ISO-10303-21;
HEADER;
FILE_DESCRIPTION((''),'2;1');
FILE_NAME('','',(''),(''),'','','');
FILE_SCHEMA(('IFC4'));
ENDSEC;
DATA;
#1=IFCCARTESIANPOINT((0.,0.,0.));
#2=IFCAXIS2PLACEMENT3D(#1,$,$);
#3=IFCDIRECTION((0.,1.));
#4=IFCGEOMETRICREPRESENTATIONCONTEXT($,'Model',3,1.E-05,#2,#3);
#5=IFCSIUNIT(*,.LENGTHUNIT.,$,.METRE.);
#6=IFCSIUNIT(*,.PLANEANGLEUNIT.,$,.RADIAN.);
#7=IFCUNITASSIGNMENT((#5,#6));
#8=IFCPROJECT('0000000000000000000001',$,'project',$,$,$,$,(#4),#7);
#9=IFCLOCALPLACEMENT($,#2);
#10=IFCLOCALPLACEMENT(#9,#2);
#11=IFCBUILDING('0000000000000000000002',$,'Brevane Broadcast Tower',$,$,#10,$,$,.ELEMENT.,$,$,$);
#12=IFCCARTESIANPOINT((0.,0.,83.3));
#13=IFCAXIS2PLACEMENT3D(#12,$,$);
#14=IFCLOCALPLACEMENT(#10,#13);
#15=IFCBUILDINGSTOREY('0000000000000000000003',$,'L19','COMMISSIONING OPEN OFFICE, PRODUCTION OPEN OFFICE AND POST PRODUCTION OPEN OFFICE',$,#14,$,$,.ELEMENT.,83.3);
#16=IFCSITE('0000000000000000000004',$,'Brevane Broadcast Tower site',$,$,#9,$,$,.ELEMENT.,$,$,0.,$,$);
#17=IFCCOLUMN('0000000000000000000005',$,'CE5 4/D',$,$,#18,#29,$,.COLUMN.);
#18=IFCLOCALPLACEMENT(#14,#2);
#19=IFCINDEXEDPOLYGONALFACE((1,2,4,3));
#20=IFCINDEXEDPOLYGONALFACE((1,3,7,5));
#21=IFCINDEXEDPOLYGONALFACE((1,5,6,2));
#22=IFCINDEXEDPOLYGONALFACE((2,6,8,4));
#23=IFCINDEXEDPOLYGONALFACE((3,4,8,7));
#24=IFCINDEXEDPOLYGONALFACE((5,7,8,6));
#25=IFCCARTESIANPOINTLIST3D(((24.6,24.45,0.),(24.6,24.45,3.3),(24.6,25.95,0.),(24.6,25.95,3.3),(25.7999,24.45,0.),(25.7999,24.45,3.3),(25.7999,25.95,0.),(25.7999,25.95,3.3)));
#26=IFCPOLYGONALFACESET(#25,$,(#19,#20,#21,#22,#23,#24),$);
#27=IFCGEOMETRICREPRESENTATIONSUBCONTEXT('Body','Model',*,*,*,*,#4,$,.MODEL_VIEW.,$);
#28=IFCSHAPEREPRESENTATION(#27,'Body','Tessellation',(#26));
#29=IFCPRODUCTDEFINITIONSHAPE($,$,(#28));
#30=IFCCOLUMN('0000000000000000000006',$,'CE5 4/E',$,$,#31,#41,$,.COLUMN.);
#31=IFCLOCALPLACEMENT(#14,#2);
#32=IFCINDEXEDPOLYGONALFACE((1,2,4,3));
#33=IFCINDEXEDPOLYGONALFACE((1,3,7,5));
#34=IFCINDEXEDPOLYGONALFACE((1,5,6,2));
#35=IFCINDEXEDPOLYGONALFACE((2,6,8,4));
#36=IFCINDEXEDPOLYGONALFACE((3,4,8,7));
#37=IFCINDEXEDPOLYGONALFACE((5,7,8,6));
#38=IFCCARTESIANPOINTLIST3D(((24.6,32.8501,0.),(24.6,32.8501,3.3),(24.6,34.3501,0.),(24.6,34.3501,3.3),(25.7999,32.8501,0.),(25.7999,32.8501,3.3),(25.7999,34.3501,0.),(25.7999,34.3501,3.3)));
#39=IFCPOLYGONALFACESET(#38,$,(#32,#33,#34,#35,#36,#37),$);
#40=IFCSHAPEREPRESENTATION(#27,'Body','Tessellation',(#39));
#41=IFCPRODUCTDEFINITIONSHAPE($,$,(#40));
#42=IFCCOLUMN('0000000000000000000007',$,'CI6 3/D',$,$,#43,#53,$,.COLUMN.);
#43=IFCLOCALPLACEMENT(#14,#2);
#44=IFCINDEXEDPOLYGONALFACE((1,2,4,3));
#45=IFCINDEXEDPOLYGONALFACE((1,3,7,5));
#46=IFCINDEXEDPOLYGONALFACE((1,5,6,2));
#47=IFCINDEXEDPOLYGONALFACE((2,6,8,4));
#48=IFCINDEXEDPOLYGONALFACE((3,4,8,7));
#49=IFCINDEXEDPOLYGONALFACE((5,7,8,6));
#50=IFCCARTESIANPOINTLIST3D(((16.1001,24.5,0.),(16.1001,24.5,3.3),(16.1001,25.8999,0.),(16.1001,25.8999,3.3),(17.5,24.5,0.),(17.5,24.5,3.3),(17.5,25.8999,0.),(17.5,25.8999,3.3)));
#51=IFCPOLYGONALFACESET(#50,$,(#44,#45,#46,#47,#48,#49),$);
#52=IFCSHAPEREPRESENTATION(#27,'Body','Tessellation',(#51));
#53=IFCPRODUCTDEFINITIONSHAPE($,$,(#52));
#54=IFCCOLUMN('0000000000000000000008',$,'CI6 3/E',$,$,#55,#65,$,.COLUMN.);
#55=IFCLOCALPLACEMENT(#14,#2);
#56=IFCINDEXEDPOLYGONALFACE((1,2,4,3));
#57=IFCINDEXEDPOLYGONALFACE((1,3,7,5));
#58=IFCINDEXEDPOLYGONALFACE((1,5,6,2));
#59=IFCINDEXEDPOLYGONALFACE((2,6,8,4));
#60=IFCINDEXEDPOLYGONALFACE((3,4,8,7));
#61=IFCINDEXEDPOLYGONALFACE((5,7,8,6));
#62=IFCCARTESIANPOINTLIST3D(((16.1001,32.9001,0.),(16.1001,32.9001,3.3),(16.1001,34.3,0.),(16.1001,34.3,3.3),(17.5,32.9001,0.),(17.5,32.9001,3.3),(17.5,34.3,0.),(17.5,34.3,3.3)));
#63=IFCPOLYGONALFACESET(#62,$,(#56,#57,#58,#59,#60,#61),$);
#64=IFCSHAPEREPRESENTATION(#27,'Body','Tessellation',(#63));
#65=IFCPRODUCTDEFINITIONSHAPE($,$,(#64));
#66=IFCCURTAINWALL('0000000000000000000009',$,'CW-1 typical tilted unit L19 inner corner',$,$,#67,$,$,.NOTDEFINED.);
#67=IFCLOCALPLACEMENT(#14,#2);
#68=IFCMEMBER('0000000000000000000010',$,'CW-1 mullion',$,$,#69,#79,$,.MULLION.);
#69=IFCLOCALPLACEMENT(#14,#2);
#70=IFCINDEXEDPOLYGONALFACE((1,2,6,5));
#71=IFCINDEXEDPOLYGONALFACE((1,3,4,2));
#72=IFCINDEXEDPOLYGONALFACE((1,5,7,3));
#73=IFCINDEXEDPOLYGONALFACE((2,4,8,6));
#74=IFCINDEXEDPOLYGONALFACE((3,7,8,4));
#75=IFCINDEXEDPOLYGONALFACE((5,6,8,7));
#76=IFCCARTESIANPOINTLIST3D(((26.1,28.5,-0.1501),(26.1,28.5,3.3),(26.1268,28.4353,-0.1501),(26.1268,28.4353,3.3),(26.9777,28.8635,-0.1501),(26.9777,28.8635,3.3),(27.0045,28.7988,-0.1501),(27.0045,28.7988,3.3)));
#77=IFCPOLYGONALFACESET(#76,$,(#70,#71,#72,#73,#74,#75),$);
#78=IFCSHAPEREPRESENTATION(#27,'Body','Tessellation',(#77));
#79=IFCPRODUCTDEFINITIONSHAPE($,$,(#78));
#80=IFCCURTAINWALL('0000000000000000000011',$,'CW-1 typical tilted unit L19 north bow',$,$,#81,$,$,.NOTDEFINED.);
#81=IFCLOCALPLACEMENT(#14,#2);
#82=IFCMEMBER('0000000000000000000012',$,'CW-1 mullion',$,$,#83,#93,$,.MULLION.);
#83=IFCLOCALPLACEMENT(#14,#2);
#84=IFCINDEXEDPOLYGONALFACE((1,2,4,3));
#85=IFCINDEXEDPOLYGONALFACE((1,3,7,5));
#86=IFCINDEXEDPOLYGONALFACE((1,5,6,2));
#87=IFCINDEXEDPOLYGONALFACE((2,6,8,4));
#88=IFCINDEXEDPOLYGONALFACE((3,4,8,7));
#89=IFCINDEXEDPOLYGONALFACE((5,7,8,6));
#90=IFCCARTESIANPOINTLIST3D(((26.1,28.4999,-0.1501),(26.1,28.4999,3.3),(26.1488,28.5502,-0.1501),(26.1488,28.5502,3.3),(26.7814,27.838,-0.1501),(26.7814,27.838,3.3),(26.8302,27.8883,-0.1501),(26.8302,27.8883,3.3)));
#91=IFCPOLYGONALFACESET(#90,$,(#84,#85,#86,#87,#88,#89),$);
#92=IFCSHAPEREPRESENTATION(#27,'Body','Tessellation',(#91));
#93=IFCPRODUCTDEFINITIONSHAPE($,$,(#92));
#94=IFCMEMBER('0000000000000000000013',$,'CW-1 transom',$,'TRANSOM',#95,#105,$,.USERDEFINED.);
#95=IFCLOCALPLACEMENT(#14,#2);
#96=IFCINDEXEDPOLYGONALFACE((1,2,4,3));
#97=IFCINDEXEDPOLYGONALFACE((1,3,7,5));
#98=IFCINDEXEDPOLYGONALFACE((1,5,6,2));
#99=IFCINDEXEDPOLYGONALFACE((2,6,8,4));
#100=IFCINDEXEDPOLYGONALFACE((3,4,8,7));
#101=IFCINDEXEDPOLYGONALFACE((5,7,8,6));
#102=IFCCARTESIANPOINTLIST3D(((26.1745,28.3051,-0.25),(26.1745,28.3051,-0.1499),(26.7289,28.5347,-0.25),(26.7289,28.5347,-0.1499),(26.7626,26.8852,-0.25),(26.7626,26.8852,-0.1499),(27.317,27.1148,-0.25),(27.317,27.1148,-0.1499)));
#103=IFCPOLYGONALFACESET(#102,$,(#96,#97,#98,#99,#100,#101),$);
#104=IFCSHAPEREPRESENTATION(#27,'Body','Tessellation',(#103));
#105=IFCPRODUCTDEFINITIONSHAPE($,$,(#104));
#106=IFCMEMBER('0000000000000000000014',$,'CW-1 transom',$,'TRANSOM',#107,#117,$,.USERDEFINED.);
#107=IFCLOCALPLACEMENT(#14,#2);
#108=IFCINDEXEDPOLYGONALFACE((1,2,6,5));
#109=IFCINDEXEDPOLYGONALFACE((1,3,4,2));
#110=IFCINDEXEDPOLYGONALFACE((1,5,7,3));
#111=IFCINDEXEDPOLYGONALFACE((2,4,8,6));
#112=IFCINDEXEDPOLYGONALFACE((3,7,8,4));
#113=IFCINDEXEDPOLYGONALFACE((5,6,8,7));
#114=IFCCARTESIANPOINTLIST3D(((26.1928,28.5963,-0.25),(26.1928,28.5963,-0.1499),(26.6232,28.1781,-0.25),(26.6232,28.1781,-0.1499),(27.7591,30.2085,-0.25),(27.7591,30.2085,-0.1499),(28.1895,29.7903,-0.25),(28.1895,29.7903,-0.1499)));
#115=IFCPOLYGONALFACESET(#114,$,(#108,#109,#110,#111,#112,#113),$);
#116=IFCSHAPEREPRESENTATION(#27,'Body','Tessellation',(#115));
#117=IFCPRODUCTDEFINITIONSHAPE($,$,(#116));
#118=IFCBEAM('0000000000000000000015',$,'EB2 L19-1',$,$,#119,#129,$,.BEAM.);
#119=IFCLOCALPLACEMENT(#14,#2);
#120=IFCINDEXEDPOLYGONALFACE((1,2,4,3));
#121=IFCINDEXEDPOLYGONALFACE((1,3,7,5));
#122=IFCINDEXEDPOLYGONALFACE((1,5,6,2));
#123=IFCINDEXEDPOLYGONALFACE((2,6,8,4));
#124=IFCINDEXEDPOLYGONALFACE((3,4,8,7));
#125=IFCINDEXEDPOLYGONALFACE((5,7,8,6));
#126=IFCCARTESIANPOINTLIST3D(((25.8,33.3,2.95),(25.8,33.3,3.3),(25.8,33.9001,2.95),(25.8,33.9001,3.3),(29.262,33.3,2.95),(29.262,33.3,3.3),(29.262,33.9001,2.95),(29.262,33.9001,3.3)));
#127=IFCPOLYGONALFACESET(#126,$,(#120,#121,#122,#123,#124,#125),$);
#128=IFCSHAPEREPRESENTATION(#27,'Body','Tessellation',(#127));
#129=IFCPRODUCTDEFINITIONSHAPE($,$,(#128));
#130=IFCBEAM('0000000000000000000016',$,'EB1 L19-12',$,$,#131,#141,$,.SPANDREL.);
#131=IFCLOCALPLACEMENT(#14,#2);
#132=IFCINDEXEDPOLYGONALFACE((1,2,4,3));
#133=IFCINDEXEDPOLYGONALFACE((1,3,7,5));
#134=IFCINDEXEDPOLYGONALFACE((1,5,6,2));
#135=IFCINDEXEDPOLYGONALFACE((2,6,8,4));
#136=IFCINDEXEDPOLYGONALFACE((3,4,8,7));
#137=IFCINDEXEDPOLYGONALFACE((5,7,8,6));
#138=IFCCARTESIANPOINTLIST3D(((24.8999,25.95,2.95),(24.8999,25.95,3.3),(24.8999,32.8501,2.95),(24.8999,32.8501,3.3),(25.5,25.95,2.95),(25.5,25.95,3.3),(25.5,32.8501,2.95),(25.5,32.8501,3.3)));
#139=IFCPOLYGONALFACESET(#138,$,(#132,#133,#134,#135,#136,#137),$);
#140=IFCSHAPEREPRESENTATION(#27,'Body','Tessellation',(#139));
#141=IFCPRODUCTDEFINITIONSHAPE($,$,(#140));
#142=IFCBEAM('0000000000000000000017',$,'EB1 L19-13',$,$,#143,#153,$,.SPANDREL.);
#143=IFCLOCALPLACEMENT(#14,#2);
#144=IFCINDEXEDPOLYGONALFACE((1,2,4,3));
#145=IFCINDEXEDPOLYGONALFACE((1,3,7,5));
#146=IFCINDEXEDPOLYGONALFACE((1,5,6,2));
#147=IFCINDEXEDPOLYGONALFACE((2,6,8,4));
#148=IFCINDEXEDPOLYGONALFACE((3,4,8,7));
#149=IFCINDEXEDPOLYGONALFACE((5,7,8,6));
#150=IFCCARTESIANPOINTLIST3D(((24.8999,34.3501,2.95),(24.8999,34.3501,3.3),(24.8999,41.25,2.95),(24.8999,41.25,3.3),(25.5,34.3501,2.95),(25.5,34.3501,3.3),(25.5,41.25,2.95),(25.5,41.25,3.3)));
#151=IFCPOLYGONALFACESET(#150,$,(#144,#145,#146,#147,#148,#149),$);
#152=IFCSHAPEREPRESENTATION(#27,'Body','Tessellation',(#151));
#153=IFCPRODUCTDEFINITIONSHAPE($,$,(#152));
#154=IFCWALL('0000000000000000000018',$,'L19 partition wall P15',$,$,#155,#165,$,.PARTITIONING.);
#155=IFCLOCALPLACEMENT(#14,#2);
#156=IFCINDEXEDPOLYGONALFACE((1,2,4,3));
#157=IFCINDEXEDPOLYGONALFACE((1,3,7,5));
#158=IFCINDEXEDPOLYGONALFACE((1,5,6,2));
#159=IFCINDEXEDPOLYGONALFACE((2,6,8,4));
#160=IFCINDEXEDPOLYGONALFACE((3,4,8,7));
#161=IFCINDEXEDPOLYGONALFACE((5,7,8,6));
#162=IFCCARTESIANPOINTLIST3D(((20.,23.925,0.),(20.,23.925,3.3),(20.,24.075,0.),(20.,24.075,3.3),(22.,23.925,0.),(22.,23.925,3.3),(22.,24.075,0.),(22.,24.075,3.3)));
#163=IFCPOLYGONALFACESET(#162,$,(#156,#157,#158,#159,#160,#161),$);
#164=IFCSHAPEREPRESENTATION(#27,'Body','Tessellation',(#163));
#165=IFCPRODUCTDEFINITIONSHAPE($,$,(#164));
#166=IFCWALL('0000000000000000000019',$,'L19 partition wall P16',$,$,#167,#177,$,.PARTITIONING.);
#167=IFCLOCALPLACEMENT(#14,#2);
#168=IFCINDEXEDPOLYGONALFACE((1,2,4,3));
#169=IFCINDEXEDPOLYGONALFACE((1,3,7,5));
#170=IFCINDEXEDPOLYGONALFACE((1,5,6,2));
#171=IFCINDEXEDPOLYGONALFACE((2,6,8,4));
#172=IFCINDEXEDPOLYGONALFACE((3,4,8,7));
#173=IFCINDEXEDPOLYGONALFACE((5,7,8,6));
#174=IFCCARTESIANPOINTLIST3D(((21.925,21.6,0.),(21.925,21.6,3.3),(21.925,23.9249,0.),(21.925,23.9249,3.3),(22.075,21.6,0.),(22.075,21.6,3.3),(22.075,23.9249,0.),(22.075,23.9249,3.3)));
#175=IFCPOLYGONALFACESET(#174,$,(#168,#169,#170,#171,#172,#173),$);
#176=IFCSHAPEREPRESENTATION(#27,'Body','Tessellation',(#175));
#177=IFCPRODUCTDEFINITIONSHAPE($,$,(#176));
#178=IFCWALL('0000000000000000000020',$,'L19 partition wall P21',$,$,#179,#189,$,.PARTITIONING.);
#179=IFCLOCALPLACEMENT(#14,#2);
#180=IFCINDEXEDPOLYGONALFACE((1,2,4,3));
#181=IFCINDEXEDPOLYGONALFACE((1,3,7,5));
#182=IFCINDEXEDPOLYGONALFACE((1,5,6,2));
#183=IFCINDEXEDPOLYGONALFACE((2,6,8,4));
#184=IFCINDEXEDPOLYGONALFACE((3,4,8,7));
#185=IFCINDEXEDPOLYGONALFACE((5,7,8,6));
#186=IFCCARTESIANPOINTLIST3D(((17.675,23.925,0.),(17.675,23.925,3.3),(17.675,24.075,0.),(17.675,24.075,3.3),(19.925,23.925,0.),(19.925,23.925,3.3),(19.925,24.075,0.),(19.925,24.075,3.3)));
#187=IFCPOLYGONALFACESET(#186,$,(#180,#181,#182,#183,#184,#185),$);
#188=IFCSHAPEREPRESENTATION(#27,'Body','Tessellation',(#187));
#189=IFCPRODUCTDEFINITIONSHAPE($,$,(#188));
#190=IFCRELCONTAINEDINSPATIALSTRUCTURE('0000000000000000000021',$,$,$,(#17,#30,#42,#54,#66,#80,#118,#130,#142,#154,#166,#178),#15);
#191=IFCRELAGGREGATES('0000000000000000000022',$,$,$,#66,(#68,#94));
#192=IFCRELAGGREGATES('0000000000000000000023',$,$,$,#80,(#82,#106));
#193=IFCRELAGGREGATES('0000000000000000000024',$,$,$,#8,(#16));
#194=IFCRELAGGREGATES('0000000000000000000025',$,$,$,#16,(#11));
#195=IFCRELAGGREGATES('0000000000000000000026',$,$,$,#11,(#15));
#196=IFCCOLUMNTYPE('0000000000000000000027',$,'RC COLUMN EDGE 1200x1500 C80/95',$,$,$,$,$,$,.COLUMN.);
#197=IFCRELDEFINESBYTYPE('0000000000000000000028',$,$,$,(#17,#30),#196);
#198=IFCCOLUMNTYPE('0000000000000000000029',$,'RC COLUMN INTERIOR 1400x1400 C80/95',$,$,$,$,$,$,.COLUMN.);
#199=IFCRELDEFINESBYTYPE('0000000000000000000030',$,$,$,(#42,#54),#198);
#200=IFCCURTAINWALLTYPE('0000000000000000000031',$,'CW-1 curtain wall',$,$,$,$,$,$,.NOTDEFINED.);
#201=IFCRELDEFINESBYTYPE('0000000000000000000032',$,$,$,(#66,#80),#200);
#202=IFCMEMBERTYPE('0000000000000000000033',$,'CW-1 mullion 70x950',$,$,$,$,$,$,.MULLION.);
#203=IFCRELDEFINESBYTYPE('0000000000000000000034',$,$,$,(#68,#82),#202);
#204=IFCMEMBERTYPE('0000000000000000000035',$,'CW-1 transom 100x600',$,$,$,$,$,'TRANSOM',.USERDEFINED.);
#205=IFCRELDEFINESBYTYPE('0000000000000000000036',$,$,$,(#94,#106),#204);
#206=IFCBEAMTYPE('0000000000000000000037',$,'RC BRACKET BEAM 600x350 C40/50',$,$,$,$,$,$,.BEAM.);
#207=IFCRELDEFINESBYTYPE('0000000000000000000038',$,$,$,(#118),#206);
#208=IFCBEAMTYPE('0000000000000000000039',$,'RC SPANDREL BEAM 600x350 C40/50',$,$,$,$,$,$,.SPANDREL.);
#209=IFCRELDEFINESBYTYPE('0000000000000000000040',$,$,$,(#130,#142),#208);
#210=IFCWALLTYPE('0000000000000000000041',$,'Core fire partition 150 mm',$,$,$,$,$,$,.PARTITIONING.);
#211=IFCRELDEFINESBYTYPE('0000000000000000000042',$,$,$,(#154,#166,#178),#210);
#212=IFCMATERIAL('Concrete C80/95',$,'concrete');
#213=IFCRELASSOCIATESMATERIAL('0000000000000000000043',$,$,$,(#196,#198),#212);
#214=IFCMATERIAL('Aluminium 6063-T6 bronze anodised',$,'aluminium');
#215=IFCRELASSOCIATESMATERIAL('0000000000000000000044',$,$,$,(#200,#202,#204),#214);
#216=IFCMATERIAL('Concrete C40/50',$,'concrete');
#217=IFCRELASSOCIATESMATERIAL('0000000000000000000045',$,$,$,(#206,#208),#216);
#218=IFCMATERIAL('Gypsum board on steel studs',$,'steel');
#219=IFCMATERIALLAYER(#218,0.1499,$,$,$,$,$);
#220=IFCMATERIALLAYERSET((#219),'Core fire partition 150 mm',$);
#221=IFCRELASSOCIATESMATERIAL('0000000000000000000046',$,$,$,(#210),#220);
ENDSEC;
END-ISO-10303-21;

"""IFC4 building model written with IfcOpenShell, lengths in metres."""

from ifc_helpers import new_model, si_unit, direction, frame, frame_2d, origin, origin_2d, place, context, subcontext, project, spatial, rectangle, extrude, material, layer, layer_set, material_profile, profile_set, type_object, element, aggregate, save


model = new_model("IFC4")

# Units and contexts
model_context = context("Model", 3, precision=1e-05, world=origin(), true_north=direction((0.0, 1.0)))
body_context = subcontext(model_context, "Body", "Model", "MODEL_VIEW")
ifc_project = project(units=[si_unit("LENGTHUNIT", "METRE"), si_unit("PLANEANGLEUNIT", "RADIAN")], contexts=[model_context])

# Site, building, storey
site_placement = place(None, origin())
site = spatial("IfcSite", under=ifc_project, at=site_placement, Name="Brevane Broadcast Tower site", CompositionType="ELEMENT", RefElevation=0.0)
building_placement = place(site_placement, origin())
building = spatial("IfcBuilding", under=site, at=building_placement, Name="Brevane Broadcast Tower", CompositionType="ELEMENT")
storey_placement = place(building_placement, frame((0.0, 0.0, 83.3)))
storey = spatial("IfcBuildingStorey", under=building, at=storey_placement, Name="L19", Description="COMMISSIONING OPEN OFFICE, PRODUCTION OPEN OFFICE AND POST PRODUCTION OPEN OFFICE", CompositionType="ELEMENT", Elevation=83.3)

# Columns
ifc_material_1 = material(Name="Concrete C80/95", Category="concrete")
ifc_material_profile_1 = material_profile(ifc_material_1, rectangle(XDim=1.2, YDim=1.5, at=origin_2d()), Name="RC 1200x1500")
ifc_profile_set_1 = profile_set([ifc_material_profile_1], Name="Concrete C80/95")
column_type_1 = type_object("IfcColumnType", Name="RC COLUMN EDGE 1200x1500 C80/95", PredefinedType="COLUMN", material=ifc_profile_set_1)
for number, where, z_axis, x_axis, name in (
    (1, (25.2, 25.2, 0.0), (0.0, 0.0, 1.0), (1.0, 0.0, 0.0), "CE5 4/D"),
    (2, (25.2, 33.6001, 0.0), (0.0, 0.0, 1.0), (1.0, 0.0, 0.0), "CE5 4/E"),
):
    element("IfcColumn", number, at=place(storey_placement, frame(where, z_axis=z_axis, x_axis=x_axis)), inside=storey, type_object=column_type_1, Name=name, PredefinedType="COLUMN", context=body_context, shape_type="SweptSolid", body=[
        extrude(rectangle(XDim=1.2, YDim=1.5, at=origin_2d()), origin(), (0.0, 0.0, 1.0), 3.3),
    ])
ifc_material_profile_2 = material_profile(ifc_material_1, rectangle(XDim=1.3999, YDim=1.3999, at=origin_2d()), Name="RC 1400x1400")
ifc_profile_set_2 = profile_set([ifc_material_profile_2], Name="Concrete C80/95")
column_type_2 = type_object("IfcColumnType", Name="RC COLUMN INTERIOR 1400x1400 C80/95", PredefinedType="COLUMN", material=ifc_profile_set_2)
for number, where, z_axis, x_axis, name in (
    (3, (16.8, 25.2, 0.0), (0.0, 0.0, 1.0), (1.0, 0.0, 0.0), "CI6 3/D"),
    (4, (16.8, 33.6001, 0.0), (0.0, 0.0, 1.0), (1.0, 0.0, 0.0), "CI6 3/E"),
):
    element("IfcColumn", number, at=place(storey_placement, frame(where, z_axis=z_axis, x_axis=x_axis)), inside=storey, type_object=column_type_2, Name=name, PredefinedType="COLUMN", context=body_context, shape_type="SweptSolid", body=[
        extrude(rectangle(XDim=1.3999, YDim=1.3999, at=origin_2d()), origin(), (0.0, 0.0, 1.0), 3.3),
    ])

# Curtain walls, members
ifc_material_2 = material(Name="Aluminium 6063-T6 bronze anodised", Category="aluminium")
curtain_wall_type = type_object("IfcCurtainWallType", Name="CW-1 curtain wall", PredefinedType="NOTDEFINED", material=ifc_material_2)
curtain_wall_1_placement = place(storey_placement, origin())
curtain_wall_1 = element("IfcCurtainWall", 5, at=curtain_wall_1_placement, inside=storey, type_object=curtain_wall_type, Name="CW-1 typical tilted unit L19 inner corner", PredefinedType="NOTDEFINED")
ifc_material_profile_3 = material_profile(ifc_material_2, rectangle(XDim=0.95, YDim=0.0701, at=origin_2d()), Name="RECT 70x950")
ifc_profile_set_3 = profile_set([ifc_material_profile_3], Name="Aluminium 6063-T6 bronze anodised")
member_type_1 = type_object("IfcMemberType", Name="CW-1 mullion 70x950", PredefinedType="MULLION", material=ifc_profile_set_3)
member_1_placement = place(storey_placement, frame((26.5522, 28.6494, -0.1501), z_axis=(0.0, 0.0, 1.0), x_axis=(-0.923879, -0.382684, 0.0)))
member_1 = element("IfcMember", 6, at=member_1_placement, type_object=member_type_1, Name="CW-1 mullion", PredefinedType="MULLION", context=body_context, shape_type="SweptSolid", body=[
    extrude(rectangle(XDim=0.95, YDim=0.0701, at=origin_2d()), origin(), (0.0, 0.0, 1.0), 3.4502),
])
curtain_wall_2_placement = place(storey_placement, origin())
curtain_wall_2 = element("IfcCurtainWall", 7, at=curtain_wall_2_placement, inside=storey, type_object=curtain_wall_type, Name="CW-1 typical tilted unit L19 north bow", PredefinedType="NOTDEFINED")
member_2_placement = place(storey_placement, frame((26.4651, 28.1941, -0.1501), z_axis=(0.0, 0.0, 1.0), x_axis=(-0.717254, 0.696812, 0.0)))
member_2 = element("IfcMember", 8, at=member_2_placement, type_object=member_type_1, Name="CW-1 mullion", PredefinedType="MULLION", context=body_context, shape_type="SweptSolid", body=[
    extrude(rectangle(XDim=0.95, YDim=0.0701, at=origin_2d()), origin(), (0.0, 0.0, 1.0), 3.4502),
])

# Members
ifc_material_profile_4 = material_profile(ifc_material_2, rectangle(XDim=0.6001, YDim=0.1001, at=origin_2d()), Name="RECT 100x600")
ifc_profile_set_4 = profile_set([ifc_material_profile_4], Name="Aluminium 6063-T6 bronze anodised")
member_type_2 = type_object("IfcMemberType", Name="CW-1 transom 100x600", ElementType="TRANSOM", PredefinedType="USERDEFINED", material=ifc_profile_set_4)
member_3_placement = place(storey_placement, frame((27.0398, 27.0, -0.2), z_axis=(-0.382674, 0.923883, 0.0), x_axis=(-0.923883, -0.382674, 0.0)))
member_3 = element("IfcMember", 9, at=member_3_placement, type_object=member_type_2, Name="CW-1 transom", ObjectType="TRANSOM", PredefinedType="USERDEFINED", context=body_context, shape_type="SweptSolid", body=[
    extrude(rectangle(XDim=0.6001, YDim=0.1001, at=origin_2d()), origin(), (0.0, 0.0, 1.0), 1.5369),
])
aggregate(curtain_wall_1, [member_1, member_3])
member_4_placement = place(storey_placement, frame((26.408, 28.3872, -0.2), z_axis=(0.696824, 0.717242, 0.0), x_axis=(-0.717242, 0.696824, 0.0)))
member_4 = element("IfcMember", 10, at=member_4_placement, type_object=member_type_2, Name="CW-1 transom", ObjectType="TRANSOM", PredefinedType="USERDEFINED", context=body_context, shape_type="SweptSolid", body=[
    extrude(rectangle(XDim=0.6001, YDim=0.1001, at=origin_2d()), origin(), (0.0, 0.0, 1.0), 2.2478),
])
aggregate(curtain_wall_2, [member_2, member_4])

# Beams
ifc_material_3 = material(Name="Concrete C40/50", Category="concrete")
ifc_material_profile_5 = material_profile(ifc_material_3, rectangle(XDim=0.6001, YDim=0.3501, at=origin_2d()), Name="RC 600x350")
ifc_profile_set_5 = profile_set([ifc_material_profile_5], Name="Concrete C40/50")
beam_type_1 = type_object("IfcBeamType", Name="RC BRACKET BEAM 600x350 C40/50", PredefinedType="BEAM", material=ifc_profile_set_5)
beam_1_placement = place(storey_placement, frame((25.8, 33.6001, 3.125), z_axis=(1.0, 0.0, 0.0), x_axis=(0.0, 1.0, 0.0)))
element("IfcBeam", 11, at=beam_1_placement, inside=storey, type_object=beam_type_1, Name="EB2 L19-1", PredefinedType="BEAM", context=body_context, shape_type="SweptSolid", body=[
    extrude(rectangle(XDim=0.6001, YDim=0.3501, at=origin_2d()), origin(), (0.0, 0.0, 1.0), 3.4619),
])
ifc_material_profile_6 = material_profile(ifc_material_3, rectangle(XDim=0.6001, YDim=0.3501, at=origin_2d()), Name="RC 600x350")
ifc_profile_set_6 = profile_set([ifc_material_profile_6], Name="Concrete C40/50")
beam_type_2 = type_object("IfcBeamType", Name="RC SPANDREL BEAM 600x350 C40/50", PredefinedType="SPANDREL", material=ifc_profile_set_6)
beam_2_placement = place(storey_placement, frame((25.2, 25.95, 3.125), z_axis=(0.0, 1.0, 0.0), x_axis=(-1.0, 0.0, 0.0)))
element("IfcBeam", 12, at=beam_2_placement, inside=storey, type_object=beam_type_2, Name="EB1 L19-12", PredefinedType="SPANDREL", context=body_context, shape_type="SweptSolid", body=[
    extrude(rectangle(XDim=0.6001, YDim=0.3501, at=origin_2d()), origin(), (0.0, 0.0, 1.0), 6.9001),
])
beam_3_placement = place(storey_placement, frame((25.2, 34.3501, 3.125), z_axis=(0.0, 1.0, 0.0), x_axis=(-1.0, 0.0, 0.0)))
element("IfcBeam", 13, at=beam_3_placement, inside=storey, type_object=beam_type_2, Name="EB1 L19-13", PredefinedType="SPANDREL", context=body_context, shape_type="SweptSolid", body=[
    extrude(rectangle(XDim=0.6001, YDim=0.3501, at=origin_2d()), origin(), (0.0, 0.0, 1.0), 6.8999),
])

# Walls
ifc_material_4 = material(Name="Gypsum board on steel studs", Category="steel")
ifc_layer_1 = layer(ifc_material_4, 0.1499)
ifc_layer_set_1 = layer_set([ifc_layer_1], Name="Core fire partition 150 mm")
wall_type_1 = type_object("IfcWallType", Name="Core fire partition 150 mm", PredefinedType="PARTITIONING", material=ifc_layer_set_1)
wall_1_placement = place(storey_placement, frame((20.0, 24.0, 0.0), z_axis=(0.0, 0.0, 1.0), x_axis=(1.0, 0.0, 0.0)))
element("IfcWall", 14, at=wall_1_placement, inside=storey, type_object=wall_type_1, Name="L19 partition wall P15", PredefinedType="PARTITIONING", context=body_context, shape_type="SweptSolid", body=[
    extrude(rectangle(XDim=2.0, YDim=0.1499, at=frame_2d((1.0, 0.0))), origin(), (0.0, 0.0, 1.0), 3.3),
])
wall_2_placement = place(storey_placement, frame((22.0, 23.925, 0.0), z_axis=(0.0, 0.0, 1.0), x_axis=(0.0, -1.0, 0.0)))
element("IfcWall", 15, at=wall_2_placement, inside=storey, type_object=wall_type_1, Name="L19 partition wall P16", PredefinedType="PARTITIONING", context=body_context, shape_type="SweptSolid", body=[
    extrude(rectangle(XDim=2.325, YDim=0.1499, at=frame_2d((1.1626, 0.0))), origin(), (0.0, 0.0, 1.0), 3.3),
])
wall_3_placement = place(storey_placement, frame((17.675, 24.0, 0.0), z_axis=(0.0, 0.0, 1.0), x_axis=(1.0, 0.0, 0.0)))
element("IfcWall", 16, at=wall_3_placement, inside=storey, type_object=wall_type_1, Name="L19 partition wall P21", PredefinedType="PARTITIONING", context=body_context, shape_type="SweptSolid", body=[
    extrude(rectangle(XDim=2.25, YDim=0.1499, at=frame_2d((1.125, 0.0))), origin(), (0.0, 0.0, 1.0), 3.3),
])

save(model, "model.ifc")
